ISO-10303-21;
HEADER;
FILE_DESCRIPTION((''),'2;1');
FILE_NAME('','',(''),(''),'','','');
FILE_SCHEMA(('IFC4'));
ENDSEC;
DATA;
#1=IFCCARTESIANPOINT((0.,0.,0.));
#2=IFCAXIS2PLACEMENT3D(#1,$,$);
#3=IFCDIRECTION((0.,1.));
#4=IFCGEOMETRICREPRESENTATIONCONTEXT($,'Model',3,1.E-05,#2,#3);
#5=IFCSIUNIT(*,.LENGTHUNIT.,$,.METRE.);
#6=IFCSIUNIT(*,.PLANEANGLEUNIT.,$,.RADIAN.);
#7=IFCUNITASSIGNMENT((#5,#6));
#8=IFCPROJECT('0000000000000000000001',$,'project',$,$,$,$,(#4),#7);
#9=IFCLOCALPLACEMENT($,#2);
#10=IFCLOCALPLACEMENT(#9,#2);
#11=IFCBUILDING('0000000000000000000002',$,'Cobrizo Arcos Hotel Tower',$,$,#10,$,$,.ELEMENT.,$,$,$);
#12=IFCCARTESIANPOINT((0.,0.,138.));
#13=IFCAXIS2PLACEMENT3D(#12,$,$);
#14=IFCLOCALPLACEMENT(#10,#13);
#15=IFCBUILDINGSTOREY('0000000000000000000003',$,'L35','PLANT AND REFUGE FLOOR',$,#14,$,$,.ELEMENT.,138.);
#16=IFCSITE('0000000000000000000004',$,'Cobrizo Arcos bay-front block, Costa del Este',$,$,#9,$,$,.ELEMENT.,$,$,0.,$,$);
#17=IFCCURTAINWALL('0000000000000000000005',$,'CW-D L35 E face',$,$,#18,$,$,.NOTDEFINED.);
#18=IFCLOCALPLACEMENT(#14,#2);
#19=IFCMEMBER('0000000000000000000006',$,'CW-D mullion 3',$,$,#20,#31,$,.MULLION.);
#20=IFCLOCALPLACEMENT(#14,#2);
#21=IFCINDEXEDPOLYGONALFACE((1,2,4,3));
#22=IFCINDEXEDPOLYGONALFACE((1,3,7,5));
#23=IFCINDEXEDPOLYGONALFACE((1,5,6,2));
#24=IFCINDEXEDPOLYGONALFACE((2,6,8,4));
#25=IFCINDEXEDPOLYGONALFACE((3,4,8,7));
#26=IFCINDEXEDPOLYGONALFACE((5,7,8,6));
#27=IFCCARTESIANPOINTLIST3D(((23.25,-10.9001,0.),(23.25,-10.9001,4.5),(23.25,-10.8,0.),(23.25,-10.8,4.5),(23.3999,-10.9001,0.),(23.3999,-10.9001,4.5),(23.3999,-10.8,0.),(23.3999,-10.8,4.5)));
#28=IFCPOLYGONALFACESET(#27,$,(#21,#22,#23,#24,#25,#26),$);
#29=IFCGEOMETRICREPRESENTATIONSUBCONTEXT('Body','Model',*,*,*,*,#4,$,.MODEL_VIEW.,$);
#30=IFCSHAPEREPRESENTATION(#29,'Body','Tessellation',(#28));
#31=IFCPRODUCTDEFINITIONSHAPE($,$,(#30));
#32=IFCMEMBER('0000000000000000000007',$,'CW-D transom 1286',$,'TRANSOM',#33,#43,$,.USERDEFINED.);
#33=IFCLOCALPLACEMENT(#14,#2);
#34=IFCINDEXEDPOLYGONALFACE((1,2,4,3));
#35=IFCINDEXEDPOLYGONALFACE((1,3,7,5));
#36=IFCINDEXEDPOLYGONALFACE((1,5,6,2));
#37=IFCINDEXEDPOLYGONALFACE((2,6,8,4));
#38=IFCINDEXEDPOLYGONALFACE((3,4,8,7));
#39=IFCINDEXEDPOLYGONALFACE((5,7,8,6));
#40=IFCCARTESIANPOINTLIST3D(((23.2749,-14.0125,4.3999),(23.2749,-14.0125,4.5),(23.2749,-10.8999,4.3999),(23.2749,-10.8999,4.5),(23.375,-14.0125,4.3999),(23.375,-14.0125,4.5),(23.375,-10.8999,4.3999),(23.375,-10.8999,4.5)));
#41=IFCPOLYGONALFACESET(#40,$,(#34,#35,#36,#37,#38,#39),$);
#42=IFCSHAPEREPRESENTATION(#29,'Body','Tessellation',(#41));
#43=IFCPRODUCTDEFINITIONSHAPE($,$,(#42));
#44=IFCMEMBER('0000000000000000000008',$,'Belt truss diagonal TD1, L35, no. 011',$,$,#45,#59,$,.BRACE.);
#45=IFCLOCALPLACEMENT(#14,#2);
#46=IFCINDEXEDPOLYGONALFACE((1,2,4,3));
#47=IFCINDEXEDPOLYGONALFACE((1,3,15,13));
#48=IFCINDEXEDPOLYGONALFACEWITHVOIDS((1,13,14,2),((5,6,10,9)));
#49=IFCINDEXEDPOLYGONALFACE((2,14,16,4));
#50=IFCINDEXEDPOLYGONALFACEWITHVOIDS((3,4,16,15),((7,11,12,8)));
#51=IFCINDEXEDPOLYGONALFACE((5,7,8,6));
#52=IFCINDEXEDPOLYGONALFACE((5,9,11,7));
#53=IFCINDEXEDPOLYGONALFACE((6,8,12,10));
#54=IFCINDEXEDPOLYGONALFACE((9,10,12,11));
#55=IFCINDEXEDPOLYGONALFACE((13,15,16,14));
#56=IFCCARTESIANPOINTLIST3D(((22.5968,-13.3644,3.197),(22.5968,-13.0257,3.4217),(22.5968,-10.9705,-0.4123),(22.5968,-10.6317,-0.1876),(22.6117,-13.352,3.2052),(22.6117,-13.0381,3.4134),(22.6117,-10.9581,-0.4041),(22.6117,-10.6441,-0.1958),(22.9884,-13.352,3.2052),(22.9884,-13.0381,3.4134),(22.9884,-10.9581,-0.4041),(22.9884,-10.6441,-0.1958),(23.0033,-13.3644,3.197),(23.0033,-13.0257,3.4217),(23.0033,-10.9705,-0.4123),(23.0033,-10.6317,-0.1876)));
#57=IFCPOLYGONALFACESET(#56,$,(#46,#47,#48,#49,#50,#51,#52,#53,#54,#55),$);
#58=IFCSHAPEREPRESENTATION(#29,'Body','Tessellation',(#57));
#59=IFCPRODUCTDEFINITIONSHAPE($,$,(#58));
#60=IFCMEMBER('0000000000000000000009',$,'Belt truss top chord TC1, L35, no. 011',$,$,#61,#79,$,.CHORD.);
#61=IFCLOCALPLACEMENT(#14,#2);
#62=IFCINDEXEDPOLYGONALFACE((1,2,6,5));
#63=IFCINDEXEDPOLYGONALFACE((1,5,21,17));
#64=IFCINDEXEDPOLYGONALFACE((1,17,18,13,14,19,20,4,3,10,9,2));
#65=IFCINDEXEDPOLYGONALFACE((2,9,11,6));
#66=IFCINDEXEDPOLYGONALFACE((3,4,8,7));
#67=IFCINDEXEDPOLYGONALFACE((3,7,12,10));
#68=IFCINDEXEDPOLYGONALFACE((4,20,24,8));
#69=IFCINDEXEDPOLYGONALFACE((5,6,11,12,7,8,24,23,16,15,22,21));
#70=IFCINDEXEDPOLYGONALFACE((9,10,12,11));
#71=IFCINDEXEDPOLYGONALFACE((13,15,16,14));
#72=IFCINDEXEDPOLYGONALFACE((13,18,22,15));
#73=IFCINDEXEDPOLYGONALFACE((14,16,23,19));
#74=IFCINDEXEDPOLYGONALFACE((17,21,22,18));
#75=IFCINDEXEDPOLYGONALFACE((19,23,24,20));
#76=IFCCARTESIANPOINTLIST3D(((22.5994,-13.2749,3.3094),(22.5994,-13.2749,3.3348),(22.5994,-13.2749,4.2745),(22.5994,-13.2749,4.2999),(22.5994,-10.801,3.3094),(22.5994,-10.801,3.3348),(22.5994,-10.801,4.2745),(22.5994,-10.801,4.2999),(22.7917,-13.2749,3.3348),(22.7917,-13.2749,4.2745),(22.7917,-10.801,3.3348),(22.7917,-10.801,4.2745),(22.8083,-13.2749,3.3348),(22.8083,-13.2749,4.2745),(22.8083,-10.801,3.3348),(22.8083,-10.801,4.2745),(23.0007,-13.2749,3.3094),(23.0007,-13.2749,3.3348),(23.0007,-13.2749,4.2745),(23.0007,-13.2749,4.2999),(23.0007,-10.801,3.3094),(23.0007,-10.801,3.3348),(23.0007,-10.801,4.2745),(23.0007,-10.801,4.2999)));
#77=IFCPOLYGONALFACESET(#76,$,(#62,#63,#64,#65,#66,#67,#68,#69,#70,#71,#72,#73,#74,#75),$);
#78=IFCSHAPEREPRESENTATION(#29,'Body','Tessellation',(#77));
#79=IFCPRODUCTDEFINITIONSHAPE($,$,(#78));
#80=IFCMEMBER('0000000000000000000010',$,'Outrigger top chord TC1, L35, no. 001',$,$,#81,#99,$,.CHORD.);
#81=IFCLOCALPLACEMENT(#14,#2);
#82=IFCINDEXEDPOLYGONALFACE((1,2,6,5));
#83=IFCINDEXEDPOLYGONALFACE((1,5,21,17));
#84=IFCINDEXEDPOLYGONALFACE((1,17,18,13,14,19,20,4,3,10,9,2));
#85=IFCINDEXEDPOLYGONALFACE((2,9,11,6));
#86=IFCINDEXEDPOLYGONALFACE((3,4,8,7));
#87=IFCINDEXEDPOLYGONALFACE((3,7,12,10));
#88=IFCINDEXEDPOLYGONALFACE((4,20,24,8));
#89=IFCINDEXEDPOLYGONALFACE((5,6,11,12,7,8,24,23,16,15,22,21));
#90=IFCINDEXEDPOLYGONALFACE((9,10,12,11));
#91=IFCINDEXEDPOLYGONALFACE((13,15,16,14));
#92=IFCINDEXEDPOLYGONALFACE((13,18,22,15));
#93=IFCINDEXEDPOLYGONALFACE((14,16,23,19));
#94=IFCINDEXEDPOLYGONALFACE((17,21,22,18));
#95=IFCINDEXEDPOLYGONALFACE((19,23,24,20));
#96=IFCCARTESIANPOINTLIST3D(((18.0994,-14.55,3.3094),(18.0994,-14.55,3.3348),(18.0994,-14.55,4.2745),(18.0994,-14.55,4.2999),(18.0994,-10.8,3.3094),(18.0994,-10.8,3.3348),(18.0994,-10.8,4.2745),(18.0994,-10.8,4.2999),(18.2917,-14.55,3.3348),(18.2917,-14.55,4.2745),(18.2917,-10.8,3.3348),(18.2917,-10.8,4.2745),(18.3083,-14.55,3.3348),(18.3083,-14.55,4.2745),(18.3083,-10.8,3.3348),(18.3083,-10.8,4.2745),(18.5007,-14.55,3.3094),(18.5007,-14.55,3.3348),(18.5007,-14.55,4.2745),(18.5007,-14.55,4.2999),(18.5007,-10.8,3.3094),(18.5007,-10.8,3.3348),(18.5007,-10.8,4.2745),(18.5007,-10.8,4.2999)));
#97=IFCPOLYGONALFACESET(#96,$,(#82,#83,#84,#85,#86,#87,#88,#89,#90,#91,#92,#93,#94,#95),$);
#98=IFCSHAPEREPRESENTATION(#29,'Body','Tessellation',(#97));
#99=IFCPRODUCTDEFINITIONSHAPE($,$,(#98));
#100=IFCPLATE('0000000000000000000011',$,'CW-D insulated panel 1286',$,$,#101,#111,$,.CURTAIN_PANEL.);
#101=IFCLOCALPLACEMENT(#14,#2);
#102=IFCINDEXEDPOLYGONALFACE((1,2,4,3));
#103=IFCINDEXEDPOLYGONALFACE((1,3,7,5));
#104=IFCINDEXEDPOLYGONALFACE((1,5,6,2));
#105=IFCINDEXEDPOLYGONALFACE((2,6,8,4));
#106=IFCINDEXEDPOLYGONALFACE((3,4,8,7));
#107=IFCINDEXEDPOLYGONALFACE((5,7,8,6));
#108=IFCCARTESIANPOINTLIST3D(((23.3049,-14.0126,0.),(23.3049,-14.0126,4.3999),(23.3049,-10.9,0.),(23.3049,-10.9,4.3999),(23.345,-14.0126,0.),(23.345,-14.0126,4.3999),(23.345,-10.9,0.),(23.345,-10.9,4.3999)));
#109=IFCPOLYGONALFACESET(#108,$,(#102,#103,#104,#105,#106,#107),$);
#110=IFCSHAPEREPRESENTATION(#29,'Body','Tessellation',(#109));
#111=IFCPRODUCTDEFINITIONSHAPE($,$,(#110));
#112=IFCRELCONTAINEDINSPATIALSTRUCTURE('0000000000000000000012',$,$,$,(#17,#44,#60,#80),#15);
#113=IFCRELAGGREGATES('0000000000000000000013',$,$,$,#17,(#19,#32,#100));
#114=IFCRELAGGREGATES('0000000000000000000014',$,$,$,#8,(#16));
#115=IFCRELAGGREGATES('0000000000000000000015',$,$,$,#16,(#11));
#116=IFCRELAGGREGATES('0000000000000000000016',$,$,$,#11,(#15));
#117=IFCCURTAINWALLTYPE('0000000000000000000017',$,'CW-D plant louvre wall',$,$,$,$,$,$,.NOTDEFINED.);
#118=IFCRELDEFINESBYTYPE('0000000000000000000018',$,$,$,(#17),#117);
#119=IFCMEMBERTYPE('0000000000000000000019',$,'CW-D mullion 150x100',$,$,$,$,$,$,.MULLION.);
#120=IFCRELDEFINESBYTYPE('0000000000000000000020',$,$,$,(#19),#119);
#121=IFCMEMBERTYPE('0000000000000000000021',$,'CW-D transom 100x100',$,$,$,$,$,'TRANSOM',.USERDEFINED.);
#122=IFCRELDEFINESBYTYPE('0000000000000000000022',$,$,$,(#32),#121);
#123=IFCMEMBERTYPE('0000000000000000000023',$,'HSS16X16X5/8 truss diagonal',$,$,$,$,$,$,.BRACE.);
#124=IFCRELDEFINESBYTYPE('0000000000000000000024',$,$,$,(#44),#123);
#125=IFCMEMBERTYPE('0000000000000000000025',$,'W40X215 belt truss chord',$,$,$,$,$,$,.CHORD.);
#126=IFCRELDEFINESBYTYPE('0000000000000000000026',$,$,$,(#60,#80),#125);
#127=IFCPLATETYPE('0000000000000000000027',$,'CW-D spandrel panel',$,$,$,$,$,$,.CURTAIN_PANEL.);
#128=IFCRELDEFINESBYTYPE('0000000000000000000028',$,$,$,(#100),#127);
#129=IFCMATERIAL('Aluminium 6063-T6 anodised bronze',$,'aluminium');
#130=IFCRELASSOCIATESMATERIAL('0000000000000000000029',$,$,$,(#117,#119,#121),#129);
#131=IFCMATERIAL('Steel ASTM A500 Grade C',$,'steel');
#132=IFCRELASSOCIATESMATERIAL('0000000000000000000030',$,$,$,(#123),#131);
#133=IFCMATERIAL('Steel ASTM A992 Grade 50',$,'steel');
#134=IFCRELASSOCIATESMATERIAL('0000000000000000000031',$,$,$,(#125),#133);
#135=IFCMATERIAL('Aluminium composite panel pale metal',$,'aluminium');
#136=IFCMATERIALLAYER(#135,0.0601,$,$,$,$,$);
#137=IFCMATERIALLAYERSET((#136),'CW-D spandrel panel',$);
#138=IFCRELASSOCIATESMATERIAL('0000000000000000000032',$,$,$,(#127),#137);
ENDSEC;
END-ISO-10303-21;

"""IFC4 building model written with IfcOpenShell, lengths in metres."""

from ifc_helpers import new_model, si_unit, direction, frame, origin, origin_2d, place, context, subcontext, project, spatial, rectangle, hollow_rectangle, i_section, extrude, material, layer, layer_set, material_profile, profile_set, type_object, element, aggregate, save


model = new_model("IFC4")

# Units and contexts
model_context = context("Model", 3, precision=1e-05, world=origin(), true_north=direction((0.0, 1.0)))
body_context = subcontext(model_context, "Body", "Model", "MODEL_VIEW")
ifc_project = project(units=[si_unit("LENGTHUNIT", "METRE"), si_unit("PLANEANGLEUNIT", "RADIAN")], contexts=[model_context])

# Site, building, storey
site_placement = place(None, origin())
site = spatial("IfcSite", under=ifc_project, at=site_placement, Name="Cobrizo Arcos bay-front block, Costa del Este", CompositionType="ELEMENT", RefElevation=0.0)
building_placement = place(site_placement, origin())
building = spatial("IfcBuilding", under=site, at=building_placement, Name="Cobrizo Arcos Hotel Tower", CompositionType="ELEMENT")
storey_placement = place(building_placement, frame((0.0, 0.0, 138.0)))
storey = spatial("IfcBuildingStorey", under=building, at=storey_placement, Name="L35", Description="PLANT AND REFUGE FLOOR", CompositionType="ELEMENT", Elevation=138.0)

# Curtain wall, members
ifc_material_1 = material(Name="Aluminium 6063-T6 anodised bronze", Category="aluminium")
curtain_wall_type = type_object("IfcCurtainWallType", Name="CW-D plant louvre wall", PredefinedType="NOTDEFINED", material=ifc_material_1)
curtain_wall_placement = place(storey_placement, origin())
curtain_wall = element("IfcCurtainWall", 1, at=curtain_wall_placement, inside=storey, type_object=curtain_wall_type, Name="CW-D L35 E face", PredefinedType="NOTDEFINED")
ifc_material_profile_1 = material_profile(ifc_material_1, rectangle(XDim=0.1499, YDim=0.1001, at=origin_2d()), Name="CW-D mullion 150x100")
ifc_profile_set_1 = profile_set([ifc_material_profile_1], Name="Aluminium 6063-T6 anodised bronze")
member_type_1 = type_object("IfcMemberType", Name="CW-D mullion 150x100", PredefinedType="MULLION", material=ifc_profile_set_1)
member_1_placement = place(storey_placement, frame((23.325, -10.8501, 0.0), z_axis=(0.0, 0.0, 1.0), x_axis=(1.0, 0.0, 0.0)))
member_1 = element("IfcMember", 2, at=member_1_placement, type_object=member_type_1, Name="CW-D mullion 3", PredefinedType="MULLION", context=body_context, shape_type="SweptSolid", body=[
    extrude(rectangle(XDim=0.1499, YDim=0.1001, at=origin_2d()), origin(), (0.0, 0.0, 1.0), 4.5),
])
ifc_material_profile_2 = material_profile(ifc_material_1, rectangle(XDim=0.1001, YDim=0.1001, at=origin_2d()), Name="CW-D transom 100x100")
ifc_profile_set_2 = profile_set([ifc_material_profile_2], Name="Aluminium 6063-T6 anodised bronze")
member_type_2 = type_object("IfcMemberType", Name="CW-D transom 100x100", ElementType="TRANSOM", PredefinedType="USERDEFINED", material=ifc_profile_set_2)
member_2_placement = place(storey_placement, frame((23.325, -14.0125, 4.45), z_axis=(0.0, 1.0, 0.0), x_axis=(-1.0, 0.0, 0.0)))
member_2 = element("IfcMember", 3, at=member_2_placement, type_object=member_type_2, Name="CW-D transom 1286", ObjectType="TRANSOM", PredefinedType="USERDEFINED", context=body_context, shape_type="SweptSolid", body=[
    extrude(rectangle(XDim=0.1001, YDim=0.1001, at=origin_2d()), origin(), (0.0, 0.0, 1.0), 3.1125),
])

# Members
ifc_material_2 = material(Name="Steel ASTM A500 Grade C", Category="steel")
ifc_material_profile_3 = material_profile(ifc_material_2, hollow_rectangle(XDim=0.4065, YDim=0.4065, WallThickness=0.0149, at=origin_2d()), Name="HSS16X16X5/8")
ifc_profile_set_3 = profile_set([ifc_material_profile_3], Name="Steel ASTM A500 Grade C")
member_type_3 = type_object("IfcMemberType", Name="HSS16X16X5/8 truss diagonal", PredefinedType="BRACE", material=ifc_profile_set_3)
member_3_placement = place(storey_placement, frame((22.8, -13.1951, 3.3093), z_axis=(0.0, 0.552747, -0.833349), x_axis=(-1.0, 0.0, 0.0)))
element("IfcMember", 4, at=member_3_placement, inside=storey, type_object=member_type_3, Name="Belt truss diagonal TD1, L35, no. 011", PredefinedType="BRACE", context=body_context, shape_type="SweptSolid", body=[
    extrude(hollow_rectangle(XDim=0.4065, YDim=0.4065, WallThickness=0.0149, at=origin_2d()), origin(), (0.0, 0.0, 1.0), 4.3311),
])
ifc_material_3 = material(Name="Steel ASTM A992 Grade 50", Category="steel")
ifc_material_profile_4 = material_profile(ifc_material_3, i_section(OverallWidth=0.4014, OverallDepth=0.9905, WebThickness=0.0166, FlangeThickness=0.0254, at=origin_2d()), Name="W40X215")
ifc_profile_set_4 = profile_set([ifc_material_profile_4], Name="Steel ASTM A992 Grade 50")
member_type_4 = type_object("IfcMemberType", Name="W40X215 belt truss chord", PredefinedType="CHORD", material=ifc_profile_set_4)
member_4_placement = place(storey_placement, frame((22.8, -13.2749, 3.8047), z_axis=(0.0, 1.0, 0.0), x_axis=(-1.0, 0.0, 0.0)))
element("IfcMember", 5, at=member_4_placement, inside=storey, type_object=member_type_4, Name="Belt truss top chord TC1, L35, no. 011", PredefinedType="CHORD", context=body_context, shape_type="SweptSolid", body=[
    extrude(i_section(OverallWidth=0.4014, OverallDepth=0.9905, WebThickness=0.0166, FlangeThickness=0.0254, at=origin_2d()), origin(), (0.0, 0.0, 1.0), 2.4739),
])
member_5_placement = place(storey_placement, frame((18.3, -10.8, 3.8047), z_axis=(0.0, -1.0, 0.0), x_axis=(1.0, 0.0, 0.0)))
element("IfcMember", 6, at=member_5_placement, inside=storey, type_object=member_type_4, Name="Outrigger top chord TC1, L35, no. 001", PredefinedType="CHORD", context=body_context, shape_type="SweptSolid", body=[
    extrude(i_section(OverallWidth=0.4014, OverallDepth=0.9905, WebThickness=0.0166, FlangeThickness=0.0254, at=origin_2d()), origin(), (0.0, 0.0, 1.0), 3.75),
])

# Plate
ifc_material_4 = material(Name="Aluminium composite panel pale metal", Category="aluminium")
ifc_layer_1 = layer(ifc_material_4, 0.0601)
ifc_layer_set_1 = layer_set([ifc_layer_1], Name="CW-D spandrel panel")
plate_type = type_object("IfcPlateType", Name="CW-D spandrel panel", PredefinedType="CURTAIN_PANEL", material=ifc_layer_set_1)
plate_placement = place(storey_placement, frame((23.325, -12.4563, 0.0), z_axis=(0.0, 0.0, 1.0), x_axis=(0.0, 1.0, 0.0)))
plate = element("IfcPlate", 7, at=plate_placement, type_object=plate_type, Name="CW-D insulated panel 1286", PredefinedType="CURTAIN_PANEL", context=body_context, shape_type="SweptSolid", body=[
    extrude(rectangle(XDim=3.1125, YDim=0.04, at=origin_2d()), origin(), (0.0, 0.0, 1.0), 4.3999),
])
aggregate(curtain_wall, [member_1, member_2, plate])

save(model, "model.ifc")
